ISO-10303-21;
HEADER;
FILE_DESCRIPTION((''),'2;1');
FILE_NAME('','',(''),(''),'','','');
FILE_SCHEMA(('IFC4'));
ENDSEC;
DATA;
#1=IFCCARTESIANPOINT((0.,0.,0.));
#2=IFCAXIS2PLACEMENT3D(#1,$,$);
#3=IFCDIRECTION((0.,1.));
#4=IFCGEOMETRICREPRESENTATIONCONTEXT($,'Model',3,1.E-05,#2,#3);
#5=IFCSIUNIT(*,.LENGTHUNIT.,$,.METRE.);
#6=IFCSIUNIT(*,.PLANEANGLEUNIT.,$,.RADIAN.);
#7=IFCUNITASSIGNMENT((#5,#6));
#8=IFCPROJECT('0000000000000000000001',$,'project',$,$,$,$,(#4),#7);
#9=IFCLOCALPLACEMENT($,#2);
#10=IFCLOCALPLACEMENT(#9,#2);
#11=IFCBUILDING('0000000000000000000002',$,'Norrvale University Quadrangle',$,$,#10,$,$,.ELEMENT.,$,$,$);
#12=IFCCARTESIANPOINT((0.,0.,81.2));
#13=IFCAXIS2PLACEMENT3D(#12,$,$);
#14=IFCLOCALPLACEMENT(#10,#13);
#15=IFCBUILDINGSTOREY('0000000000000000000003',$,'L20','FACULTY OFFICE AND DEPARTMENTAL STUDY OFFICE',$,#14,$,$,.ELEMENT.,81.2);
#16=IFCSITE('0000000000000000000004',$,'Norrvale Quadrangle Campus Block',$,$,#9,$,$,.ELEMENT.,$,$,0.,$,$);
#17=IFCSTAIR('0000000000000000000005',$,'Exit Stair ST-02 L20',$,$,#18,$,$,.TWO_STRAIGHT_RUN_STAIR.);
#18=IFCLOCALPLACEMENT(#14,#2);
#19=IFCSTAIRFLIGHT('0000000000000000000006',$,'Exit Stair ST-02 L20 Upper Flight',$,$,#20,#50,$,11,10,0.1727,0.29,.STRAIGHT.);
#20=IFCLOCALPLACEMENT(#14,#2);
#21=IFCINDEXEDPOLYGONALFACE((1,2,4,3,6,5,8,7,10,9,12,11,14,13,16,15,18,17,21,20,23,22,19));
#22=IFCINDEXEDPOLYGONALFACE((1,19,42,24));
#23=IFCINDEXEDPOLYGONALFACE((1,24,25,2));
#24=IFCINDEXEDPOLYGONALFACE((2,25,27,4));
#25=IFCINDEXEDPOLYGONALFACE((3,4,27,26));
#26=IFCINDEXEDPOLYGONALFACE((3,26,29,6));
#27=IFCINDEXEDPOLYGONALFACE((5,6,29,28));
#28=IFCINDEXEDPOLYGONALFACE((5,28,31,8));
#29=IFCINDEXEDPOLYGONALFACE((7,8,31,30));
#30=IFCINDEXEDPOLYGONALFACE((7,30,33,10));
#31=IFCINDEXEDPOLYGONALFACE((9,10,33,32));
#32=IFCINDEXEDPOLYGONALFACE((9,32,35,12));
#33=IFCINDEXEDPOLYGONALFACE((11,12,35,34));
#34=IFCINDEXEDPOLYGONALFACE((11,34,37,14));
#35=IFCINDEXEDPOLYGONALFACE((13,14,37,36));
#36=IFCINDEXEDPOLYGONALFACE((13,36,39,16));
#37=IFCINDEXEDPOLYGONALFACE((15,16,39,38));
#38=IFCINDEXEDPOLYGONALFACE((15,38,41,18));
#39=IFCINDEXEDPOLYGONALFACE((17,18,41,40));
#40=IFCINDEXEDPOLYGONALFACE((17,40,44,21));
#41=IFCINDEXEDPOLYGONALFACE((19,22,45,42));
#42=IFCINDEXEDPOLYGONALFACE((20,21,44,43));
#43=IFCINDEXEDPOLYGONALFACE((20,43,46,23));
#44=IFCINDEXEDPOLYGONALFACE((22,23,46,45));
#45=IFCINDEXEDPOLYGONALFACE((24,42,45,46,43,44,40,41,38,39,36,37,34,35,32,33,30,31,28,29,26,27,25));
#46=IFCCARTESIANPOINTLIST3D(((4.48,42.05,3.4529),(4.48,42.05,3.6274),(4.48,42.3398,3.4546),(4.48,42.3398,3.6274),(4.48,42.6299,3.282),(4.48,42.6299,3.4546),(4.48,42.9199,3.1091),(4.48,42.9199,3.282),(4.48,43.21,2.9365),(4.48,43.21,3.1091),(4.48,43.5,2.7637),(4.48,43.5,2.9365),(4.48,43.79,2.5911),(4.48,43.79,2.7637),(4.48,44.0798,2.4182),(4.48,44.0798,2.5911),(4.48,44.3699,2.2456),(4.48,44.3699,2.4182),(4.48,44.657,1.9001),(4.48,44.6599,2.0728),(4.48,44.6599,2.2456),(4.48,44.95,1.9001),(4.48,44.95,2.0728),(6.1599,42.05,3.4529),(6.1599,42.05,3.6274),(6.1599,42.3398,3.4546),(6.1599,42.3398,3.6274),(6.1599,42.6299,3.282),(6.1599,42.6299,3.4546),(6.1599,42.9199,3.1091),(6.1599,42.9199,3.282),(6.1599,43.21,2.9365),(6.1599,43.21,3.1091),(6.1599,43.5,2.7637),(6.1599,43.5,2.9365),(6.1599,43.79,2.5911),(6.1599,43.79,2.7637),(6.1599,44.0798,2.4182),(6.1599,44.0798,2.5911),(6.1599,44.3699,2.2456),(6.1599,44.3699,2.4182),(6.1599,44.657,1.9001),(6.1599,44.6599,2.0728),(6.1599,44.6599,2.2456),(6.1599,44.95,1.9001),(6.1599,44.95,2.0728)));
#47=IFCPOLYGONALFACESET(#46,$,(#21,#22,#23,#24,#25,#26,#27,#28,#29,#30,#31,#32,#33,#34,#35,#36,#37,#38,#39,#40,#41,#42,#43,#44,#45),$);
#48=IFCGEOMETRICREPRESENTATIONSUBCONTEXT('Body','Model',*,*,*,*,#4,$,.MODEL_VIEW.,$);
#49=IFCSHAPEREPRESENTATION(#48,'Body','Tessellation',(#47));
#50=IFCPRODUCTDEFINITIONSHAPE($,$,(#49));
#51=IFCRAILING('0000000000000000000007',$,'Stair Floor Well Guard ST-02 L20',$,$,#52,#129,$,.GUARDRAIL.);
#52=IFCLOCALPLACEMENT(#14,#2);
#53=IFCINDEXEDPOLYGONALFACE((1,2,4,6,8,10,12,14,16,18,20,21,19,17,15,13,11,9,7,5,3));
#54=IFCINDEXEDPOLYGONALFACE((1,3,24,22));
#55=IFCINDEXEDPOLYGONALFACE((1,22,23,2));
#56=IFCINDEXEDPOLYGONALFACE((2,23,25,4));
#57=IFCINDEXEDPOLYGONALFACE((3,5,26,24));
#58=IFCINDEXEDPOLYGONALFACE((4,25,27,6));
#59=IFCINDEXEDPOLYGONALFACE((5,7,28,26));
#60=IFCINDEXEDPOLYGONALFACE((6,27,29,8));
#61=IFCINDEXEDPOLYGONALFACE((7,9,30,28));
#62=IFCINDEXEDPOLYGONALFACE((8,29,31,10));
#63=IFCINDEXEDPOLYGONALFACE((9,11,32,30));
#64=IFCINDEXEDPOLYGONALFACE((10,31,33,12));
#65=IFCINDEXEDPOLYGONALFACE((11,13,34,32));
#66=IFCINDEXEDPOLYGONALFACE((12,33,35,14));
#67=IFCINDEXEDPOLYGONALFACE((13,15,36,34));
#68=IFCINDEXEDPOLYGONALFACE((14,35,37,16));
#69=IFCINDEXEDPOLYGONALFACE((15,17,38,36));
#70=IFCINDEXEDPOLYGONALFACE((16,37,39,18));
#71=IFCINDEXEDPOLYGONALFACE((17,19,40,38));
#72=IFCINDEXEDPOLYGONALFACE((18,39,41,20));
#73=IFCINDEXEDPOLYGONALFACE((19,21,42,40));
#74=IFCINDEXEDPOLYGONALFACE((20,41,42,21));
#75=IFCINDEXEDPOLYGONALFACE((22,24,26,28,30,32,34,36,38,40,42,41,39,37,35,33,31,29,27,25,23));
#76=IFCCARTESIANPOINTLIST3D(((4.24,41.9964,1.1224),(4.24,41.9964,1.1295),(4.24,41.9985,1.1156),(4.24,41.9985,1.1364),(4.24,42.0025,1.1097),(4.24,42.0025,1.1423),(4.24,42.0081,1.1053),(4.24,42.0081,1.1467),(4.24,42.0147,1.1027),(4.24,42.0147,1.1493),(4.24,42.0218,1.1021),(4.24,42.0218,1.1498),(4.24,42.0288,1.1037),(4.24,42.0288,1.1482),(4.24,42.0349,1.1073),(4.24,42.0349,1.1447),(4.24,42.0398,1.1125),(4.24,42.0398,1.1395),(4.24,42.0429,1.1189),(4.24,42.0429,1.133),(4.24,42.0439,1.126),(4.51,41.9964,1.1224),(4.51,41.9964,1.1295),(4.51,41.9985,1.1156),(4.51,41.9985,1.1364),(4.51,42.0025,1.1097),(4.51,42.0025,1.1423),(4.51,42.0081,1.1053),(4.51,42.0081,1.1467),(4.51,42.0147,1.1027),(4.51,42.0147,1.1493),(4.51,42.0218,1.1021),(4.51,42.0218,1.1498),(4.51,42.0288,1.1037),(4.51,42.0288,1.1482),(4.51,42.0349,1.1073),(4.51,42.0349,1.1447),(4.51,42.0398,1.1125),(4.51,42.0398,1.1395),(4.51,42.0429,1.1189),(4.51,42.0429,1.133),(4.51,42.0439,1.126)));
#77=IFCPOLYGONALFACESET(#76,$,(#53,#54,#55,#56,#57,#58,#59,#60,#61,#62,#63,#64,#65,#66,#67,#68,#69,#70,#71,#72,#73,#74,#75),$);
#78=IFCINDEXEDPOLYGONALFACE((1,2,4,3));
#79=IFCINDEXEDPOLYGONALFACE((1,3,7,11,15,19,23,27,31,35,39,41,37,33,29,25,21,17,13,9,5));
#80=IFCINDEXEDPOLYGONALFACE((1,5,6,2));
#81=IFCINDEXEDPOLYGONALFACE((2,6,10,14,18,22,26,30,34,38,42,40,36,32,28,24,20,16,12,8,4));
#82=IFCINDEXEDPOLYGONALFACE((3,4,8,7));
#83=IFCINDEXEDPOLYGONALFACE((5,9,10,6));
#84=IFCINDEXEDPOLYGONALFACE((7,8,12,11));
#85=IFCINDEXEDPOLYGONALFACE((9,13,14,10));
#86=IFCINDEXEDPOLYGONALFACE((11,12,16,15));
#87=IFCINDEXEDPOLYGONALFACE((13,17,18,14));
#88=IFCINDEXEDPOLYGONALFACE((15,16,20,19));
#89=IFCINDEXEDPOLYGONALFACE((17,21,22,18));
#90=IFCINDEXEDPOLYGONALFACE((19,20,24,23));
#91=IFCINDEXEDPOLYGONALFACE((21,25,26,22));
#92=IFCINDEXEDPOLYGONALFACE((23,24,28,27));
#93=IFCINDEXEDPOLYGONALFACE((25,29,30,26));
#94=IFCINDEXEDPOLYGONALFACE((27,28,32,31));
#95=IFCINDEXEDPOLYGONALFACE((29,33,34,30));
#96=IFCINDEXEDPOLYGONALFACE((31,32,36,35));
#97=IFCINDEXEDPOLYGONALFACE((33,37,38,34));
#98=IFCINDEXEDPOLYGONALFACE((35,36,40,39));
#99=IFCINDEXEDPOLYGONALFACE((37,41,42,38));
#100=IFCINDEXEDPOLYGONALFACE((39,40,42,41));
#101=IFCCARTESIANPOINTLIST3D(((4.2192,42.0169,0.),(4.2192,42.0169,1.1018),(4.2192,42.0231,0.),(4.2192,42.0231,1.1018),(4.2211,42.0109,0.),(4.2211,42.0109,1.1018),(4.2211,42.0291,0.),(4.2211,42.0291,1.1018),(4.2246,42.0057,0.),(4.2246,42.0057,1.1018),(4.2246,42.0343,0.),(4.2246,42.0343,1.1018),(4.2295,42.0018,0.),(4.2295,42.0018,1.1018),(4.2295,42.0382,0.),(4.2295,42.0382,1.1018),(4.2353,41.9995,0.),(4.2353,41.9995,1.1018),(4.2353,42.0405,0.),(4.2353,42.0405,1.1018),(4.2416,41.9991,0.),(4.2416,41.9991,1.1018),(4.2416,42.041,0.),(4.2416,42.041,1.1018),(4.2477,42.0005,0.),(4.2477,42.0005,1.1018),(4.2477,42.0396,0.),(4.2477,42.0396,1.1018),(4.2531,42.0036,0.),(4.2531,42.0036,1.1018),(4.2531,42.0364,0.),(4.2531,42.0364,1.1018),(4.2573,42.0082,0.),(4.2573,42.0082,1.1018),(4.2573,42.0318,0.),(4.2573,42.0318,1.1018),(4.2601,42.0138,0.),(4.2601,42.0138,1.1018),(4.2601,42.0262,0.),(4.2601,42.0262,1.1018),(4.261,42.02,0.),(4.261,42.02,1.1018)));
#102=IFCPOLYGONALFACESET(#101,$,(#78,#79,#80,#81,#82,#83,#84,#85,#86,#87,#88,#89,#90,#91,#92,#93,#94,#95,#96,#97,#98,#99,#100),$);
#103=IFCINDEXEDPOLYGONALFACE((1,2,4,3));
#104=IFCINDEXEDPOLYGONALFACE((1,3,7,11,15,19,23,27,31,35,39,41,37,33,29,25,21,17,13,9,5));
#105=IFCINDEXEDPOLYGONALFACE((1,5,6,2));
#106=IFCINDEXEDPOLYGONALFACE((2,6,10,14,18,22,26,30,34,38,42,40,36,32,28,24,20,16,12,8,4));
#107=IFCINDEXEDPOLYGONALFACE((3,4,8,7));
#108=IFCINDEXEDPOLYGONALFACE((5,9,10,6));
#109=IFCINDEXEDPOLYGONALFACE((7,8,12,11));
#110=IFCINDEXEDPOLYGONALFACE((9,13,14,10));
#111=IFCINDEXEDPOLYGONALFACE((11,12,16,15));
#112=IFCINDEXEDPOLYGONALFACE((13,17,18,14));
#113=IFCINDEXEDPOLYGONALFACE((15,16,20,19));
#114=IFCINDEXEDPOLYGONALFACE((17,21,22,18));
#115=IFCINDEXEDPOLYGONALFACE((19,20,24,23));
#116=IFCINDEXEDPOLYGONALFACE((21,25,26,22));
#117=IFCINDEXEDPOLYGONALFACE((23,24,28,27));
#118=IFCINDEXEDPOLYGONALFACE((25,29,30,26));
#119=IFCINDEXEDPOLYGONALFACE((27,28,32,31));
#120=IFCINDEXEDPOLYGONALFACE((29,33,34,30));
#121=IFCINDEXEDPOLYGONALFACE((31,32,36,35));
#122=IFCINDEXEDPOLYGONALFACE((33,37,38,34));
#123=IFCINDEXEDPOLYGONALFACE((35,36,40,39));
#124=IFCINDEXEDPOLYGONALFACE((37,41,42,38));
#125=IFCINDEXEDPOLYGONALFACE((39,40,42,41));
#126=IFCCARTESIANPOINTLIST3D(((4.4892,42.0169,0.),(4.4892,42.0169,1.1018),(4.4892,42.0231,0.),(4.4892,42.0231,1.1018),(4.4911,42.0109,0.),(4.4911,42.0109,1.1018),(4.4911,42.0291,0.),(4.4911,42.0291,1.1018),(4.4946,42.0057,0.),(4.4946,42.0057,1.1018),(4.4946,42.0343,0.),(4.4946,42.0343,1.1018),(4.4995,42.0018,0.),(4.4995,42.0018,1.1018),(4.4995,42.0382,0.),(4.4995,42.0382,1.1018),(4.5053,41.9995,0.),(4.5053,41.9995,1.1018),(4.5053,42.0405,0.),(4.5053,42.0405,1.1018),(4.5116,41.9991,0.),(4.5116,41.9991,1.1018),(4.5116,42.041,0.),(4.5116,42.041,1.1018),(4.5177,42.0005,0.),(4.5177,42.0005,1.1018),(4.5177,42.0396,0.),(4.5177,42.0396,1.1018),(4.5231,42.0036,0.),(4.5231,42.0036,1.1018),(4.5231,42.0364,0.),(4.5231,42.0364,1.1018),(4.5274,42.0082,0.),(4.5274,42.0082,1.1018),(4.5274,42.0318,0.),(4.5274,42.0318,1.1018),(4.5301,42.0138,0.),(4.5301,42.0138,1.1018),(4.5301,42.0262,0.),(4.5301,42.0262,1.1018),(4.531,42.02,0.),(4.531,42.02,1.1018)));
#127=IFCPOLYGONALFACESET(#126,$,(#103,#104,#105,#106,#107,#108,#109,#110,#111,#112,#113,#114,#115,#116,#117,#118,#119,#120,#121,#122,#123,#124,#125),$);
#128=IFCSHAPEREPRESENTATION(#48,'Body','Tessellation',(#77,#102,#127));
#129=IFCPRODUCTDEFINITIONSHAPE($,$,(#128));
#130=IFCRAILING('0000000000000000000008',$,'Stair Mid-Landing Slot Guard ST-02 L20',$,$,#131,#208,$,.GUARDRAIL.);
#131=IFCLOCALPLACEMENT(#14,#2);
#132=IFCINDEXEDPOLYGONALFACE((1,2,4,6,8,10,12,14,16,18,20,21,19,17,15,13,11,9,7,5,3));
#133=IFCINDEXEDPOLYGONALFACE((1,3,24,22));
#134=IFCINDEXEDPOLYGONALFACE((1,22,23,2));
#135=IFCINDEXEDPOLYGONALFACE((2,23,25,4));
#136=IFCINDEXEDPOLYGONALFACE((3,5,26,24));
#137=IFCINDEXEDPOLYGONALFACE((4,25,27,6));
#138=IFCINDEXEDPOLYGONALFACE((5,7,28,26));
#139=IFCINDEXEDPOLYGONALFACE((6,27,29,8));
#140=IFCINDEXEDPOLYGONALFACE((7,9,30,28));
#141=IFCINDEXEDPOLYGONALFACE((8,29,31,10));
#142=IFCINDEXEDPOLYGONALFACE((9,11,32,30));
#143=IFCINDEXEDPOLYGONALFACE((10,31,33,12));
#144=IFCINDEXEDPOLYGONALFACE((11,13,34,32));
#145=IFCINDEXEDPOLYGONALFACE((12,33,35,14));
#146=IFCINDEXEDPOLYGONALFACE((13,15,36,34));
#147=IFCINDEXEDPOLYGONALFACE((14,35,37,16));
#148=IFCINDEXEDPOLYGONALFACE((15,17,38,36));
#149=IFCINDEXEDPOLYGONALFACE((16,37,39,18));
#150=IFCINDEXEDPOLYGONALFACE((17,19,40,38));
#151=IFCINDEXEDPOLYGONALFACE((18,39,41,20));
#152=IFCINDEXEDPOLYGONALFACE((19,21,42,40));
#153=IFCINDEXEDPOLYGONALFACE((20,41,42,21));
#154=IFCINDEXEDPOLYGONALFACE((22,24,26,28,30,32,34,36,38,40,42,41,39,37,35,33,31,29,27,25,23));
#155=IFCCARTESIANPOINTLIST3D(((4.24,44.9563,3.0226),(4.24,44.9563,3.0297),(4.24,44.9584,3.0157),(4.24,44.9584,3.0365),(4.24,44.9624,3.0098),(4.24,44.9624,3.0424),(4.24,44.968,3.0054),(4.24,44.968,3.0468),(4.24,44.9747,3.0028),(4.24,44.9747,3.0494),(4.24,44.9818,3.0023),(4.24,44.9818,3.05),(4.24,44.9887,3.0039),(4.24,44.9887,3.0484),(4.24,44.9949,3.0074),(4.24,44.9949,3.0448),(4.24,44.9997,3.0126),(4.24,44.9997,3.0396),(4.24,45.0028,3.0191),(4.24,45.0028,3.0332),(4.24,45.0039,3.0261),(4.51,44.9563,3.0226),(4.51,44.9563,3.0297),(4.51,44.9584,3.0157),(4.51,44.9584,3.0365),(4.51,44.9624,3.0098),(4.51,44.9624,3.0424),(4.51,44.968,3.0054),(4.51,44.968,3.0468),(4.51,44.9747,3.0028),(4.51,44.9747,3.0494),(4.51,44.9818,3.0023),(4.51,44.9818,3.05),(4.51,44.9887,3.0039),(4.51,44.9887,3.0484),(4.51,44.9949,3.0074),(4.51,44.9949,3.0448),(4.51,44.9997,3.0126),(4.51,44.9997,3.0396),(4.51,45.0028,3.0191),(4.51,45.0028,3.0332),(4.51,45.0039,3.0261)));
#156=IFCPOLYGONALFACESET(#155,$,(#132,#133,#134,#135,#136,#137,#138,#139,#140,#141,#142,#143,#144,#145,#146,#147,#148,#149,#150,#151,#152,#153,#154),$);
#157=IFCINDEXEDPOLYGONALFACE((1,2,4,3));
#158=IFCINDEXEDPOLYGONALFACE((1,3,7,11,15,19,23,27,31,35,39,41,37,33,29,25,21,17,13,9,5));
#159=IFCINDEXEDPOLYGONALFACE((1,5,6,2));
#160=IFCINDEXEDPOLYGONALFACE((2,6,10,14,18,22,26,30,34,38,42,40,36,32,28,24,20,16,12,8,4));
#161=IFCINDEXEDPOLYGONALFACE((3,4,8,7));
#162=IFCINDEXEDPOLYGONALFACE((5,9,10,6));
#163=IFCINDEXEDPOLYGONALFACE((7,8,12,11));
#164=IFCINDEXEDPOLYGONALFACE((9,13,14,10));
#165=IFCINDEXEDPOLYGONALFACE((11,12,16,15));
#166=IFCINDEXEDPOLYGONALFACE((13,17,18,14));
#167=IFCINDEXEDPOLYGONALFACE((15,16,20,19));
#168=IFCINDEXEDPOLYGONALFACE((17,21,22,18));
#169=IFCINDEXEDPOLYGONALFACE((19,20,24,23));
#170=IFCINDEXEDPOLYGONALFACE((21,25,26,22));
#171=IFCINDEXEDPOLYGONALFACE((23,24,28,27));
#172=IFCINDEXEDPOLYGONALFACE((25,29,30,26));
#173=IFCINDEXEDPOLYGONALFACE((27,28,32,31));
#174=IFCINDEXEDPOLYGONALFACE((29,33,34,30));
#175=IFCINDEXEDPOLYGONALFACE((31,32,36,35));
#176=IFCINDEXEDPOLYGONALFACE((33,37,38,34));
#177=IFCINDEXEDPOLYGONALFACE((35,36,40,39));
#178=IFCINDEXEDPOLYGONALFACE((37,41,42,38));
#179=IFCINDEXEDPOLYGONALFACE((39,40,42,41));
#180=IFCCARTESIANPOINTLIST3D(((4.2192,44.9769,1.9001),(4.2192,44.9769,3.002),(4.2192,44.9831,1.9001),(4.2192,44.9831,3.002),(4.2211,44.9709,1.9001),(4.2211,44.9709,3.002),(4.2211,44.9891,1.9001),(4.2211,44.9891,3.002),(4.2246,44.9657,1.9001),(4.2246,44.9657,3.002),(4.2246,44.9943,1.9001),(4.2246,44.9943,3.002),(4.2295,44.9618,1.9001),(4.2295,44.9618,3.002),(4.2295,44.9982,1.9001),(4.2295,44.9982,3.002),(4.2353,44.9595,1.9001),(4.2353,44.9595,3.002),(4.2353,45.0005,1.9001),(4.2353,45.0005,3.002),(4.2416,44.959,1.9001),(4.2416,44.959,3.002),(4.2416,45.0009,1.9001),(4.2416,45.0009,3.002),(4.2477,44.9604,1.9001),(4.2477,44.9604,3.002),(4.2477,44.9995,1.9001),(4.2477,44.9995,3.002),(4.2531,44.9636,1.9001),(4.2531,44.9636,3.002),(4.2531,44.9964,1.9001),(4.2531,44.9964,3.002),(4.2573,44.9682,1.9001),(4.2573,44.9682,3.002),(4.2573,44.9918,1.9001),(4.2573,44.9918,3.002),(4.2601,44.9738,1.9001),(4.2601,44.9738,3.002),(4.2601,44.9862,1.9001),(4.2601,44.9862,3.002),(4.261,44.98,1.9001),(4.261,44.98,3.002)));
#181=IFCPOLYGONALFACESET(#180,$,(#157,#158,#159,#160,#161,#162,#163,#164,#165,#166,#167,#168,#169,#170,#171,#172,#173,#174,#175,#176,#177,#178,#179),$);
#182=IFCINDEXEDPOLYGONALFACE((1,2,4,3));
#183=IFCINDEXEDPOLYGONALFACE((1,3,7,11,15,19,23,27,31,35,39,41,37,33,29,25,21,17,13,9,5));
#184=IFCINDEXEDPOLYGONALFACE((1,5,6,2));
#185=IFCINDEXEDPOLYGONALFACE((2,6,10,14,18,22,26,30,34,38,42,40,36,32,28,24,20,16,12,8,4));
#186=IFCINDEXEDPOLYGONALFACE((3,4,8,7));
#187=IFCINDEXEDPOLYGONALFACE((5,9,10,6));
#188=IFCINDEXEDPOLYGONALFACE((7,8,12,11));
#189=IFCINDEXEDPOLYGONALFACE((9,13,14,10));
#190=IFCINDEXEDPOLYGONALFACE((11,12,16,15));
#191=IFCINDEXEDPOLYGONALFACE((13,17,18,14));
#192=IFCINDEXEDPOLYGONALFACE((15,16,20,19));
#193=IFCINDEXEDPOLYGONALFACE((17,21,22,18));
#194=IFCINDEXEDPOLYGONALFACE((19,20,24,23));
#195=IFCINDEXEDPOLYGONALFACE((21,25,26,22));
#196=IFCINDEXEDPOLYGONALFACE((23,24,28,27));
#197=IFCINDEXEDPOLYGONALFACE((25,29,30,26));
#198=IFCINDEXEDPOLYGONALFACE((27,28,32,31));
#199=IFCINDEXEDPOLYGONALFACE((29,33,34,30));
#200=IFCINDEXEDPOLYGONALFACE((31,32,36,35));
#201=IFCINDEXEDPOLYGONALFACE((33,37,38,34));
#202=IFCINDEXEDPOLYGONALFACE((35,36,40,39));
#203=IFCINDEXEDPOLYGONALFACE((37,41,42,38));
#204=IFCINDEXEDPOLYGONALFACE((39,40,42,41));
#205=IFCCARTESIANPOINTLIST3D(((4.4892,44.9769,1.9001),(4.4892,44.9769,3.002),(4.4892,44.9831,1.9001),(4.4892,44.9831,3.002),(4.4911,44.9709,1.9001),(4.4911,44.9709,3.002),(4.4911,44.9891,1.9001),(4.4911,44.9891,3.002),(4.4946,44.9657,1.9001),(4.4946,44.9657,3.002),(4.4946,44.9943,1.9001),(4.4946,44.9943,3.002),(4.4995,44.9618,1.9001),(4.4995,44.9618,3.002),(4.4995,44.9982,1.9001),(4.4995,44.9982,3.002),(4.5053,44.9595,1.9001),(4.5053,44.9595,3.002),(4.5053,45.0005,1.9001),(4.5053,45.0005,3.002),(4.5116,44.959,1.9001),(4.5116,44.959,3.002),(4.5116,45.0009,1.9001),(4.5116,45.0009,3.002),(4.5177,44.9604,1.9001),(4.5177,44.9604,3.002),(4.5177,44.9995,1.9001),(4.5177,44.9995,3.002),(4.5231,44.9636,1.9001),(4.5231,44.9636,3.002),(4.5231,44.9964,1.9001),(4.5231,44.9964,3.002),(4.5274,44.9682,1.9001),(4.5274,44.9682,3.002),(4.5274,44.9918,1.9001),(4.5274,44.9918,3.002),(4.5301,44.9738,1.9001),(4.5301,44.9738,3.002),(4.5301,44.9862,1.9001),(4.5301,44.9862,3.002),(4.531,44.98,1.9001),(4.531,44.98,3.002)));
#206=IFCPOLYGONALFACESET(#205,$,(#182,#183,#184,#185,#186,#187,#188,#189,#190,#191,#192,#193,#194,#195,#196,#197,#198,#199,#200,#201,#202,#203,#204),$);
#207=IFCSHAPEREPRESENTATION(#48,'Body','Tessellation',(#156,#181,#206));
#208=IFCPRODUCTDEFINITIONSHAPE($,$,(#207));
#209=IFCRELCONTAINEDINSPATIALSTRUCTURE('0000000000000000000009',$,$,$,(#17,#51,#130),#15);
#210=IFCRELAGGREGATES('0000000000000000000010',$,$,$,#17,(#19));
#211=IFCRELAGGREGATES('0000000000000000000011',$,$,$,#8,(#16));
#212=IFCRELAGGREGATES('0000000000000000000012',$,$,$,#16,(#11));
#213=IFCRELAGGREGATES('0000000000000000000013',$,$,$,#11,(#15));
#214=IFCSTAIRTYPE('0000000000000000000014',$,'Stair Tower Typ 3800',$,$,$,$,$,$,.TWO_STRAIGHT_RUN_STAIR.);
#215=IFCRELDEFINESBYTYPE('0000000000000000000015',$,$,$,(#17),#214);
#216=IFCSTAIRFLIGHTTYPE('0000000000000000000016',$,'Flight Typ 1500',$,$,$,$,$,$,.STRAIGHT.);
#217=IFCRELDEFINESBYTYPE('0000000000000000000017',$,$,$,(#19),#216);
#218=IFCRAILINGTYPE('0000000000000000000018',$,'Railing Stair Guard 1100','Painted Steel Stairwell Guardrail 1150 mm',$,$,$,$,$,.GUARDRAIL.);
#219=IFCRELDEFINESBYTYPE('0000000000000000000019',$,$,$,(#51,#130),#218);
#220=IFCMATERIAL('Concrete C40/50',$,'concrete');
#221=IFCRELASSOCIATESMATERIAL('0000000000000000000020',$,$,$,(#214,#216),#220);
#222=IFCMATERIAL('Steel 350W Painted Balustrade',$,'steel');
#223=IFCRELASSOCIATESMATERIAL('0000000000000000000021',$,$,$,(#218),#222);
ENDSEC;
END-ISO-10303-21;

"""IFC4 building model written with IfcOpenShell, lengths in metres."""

from ifc_helpers import new_model, si_unit, direction, frame, origin, origin_2d, place, context, subcontext, project, spatial, polyline, circle, outline, extrude, material, type_object, element, aggregate, save


model = new_model("IFC4")

# Units and contexts
model_context = context("Model", 3, precision=1e-05, world=origin(), true_north=direction((0.0, 1.0)))
body_context = subcontext(model_context, "Body", "Model", "MODEL_VIEW")
ifc_project = project(units=[si_unit("LENGTHUNIT", "METRE"), si_unit("PLANEANGLEUNIT", "RADIAN")], contexts=[model_context])

# Site, building, storey
site_placement = place(None, origin())
site = spatial("IfcSite", under=ifc_project, at=site_placement, Name="Norrvale Quadrangle Campus Block", CompositionType="ELEMENT", RefElevation=0.0)
building_placement = place(site_placement, origin())
building = spatial("IfcBuilding", under=site, at=building_placement, Name="Norrvale University Quadrangle", CompositionType="ELEMENT")
storey_placement = place(building_placement, frame((0.0, 0.0, 81.2)))
storey = spatial("IfcBuildingStorey", under=building, at=storey_placement, Name="L20", Description="FACULTY OFFICE AND DEPARTMENTAL STUDY OFFICE", CompositionType="ELEMENT", Elevation=81.2)

# Stair, stair flight
ifc_material_1 = material(Name="Concrete C40/50", Category="concrete")
stair_type = type_object("IfcStairType", Name="Stair Tower Typ 3800", PredefinedType="TWO_STRAIGHT_RUN_STAIR", material=ifc_material_1)
stair_placement = place(storey_placement, origin())
stair = element("IfcStair", 1, at=stair_placement, inside=storey, type_object=stair_type, Name="Exit Stair ST-02 L20", PredefinedType="TWO_STRAIGHT_RUN_STAIR")
stair_flight_type = type_object("IfcStairFlightType", Name="Flight Typ 1500", PredefinedType="STRAIGHT", material=ifc_material_1)
stair_flight_1_placement = place(storey_placement, frame((5.3201, 44.95, 1.9001), z_axis=(0.0, 0.0, 1.0), x_axis=(0.0, -1.0, 0.0)))
stair_flight_1 = element("IfcStairFlight", 2, at=stair_flight_1_placement, type_object=stair_flight_type, Name="Exit Stair ST-02 L20 Upper Flight", NumberOfRisers=11, NumberOfTreads=10, PredefinedType="STRAIGHT", RiserHeight=0.1727, TreadLength=0.29, context=body_context, shape_type="SweptSolid", body=[
    extrude(outline(polyline([(0.0, 0.0), (0.0, 0.1726), (0.29, 0.1726), (0.29, 0.3455), (0.5801, 0.3455), (0.5801, 0.5181), (0.8701, 0.5181), (0.8701, 0.6909), (1.1599, 0.6909), (1.1599, 0.8635), (1.45, 0.8635), (1.45, 1.0364), (1.74, 1.0364), (1.74, 1.209), (2.03, 1.209), (2.03, 1.3818), (2.3201, 1.3818), (2.3201, 1.5544), (2.6101, 1.5544), (2.6101, 1.7273), (2.8999, 1.7273), (2.8999, 1.8999), (2.8999, 1.5527), (0.293, 0.0), (0.0, 0.0)])), frame((0.0, 0.8398, 0.0), z_axis=(0.0, -1.0, 0.0), x_axis=(1.0, 0.0, 0.0)), (0.0, 0.0, 1.0), 1.6799),
])
aggregate(stair, [stair_flight_1])

# Railings
ifc_material_2 = material(Name="Steel 350W Painted Balustrade", Category="steel")
railing_type_1 = type_object("IfcRailingType", Name="Railing Stair Guard 1100", Description="Painted Steel Stairwell Guardrail 1150 mm", PredefinedType="GUARDRAIL", material=ifc_material_2)
for number, where, name in (
    (3, (4.24, 42.02, 0.0), "Stair Floor Well Guard ST-02 L20"),
    (4, (4.24, 44.98, 1.9001), "Stair Mid-Landing Slot Guard ST-02 L20"),
):
    element("IfcRailing", number, at=place(storey_placement, frame(where)), inside=storey, type_object=railing_type_1, Name=name, PredefinedType="GUARDRAIL", context=body_context, shape_type="SweptSolid", body=[
        extrude(circle(Radius=0.0239, at=origin_2d()), frame((0.0, 0.0, 1.126), z_axis=(1.0, 0.0, 0.0), x_axis=(0.0, 1.0, 0.0)), (0.0, 0.0, 1.0), 0.27),
        extrude(circle(Radius=0.021, at=origin_2d()), origin(), (0.0, 0.0, 1.0), 1.1018),
        extrude(circle(Radius=0.021, at=origin_2d()), frame((0.27, 0.0, 0.0)), (0.0, 0.0, 1.0), 1.1018),
    ])

save(model, "model.ifc")
